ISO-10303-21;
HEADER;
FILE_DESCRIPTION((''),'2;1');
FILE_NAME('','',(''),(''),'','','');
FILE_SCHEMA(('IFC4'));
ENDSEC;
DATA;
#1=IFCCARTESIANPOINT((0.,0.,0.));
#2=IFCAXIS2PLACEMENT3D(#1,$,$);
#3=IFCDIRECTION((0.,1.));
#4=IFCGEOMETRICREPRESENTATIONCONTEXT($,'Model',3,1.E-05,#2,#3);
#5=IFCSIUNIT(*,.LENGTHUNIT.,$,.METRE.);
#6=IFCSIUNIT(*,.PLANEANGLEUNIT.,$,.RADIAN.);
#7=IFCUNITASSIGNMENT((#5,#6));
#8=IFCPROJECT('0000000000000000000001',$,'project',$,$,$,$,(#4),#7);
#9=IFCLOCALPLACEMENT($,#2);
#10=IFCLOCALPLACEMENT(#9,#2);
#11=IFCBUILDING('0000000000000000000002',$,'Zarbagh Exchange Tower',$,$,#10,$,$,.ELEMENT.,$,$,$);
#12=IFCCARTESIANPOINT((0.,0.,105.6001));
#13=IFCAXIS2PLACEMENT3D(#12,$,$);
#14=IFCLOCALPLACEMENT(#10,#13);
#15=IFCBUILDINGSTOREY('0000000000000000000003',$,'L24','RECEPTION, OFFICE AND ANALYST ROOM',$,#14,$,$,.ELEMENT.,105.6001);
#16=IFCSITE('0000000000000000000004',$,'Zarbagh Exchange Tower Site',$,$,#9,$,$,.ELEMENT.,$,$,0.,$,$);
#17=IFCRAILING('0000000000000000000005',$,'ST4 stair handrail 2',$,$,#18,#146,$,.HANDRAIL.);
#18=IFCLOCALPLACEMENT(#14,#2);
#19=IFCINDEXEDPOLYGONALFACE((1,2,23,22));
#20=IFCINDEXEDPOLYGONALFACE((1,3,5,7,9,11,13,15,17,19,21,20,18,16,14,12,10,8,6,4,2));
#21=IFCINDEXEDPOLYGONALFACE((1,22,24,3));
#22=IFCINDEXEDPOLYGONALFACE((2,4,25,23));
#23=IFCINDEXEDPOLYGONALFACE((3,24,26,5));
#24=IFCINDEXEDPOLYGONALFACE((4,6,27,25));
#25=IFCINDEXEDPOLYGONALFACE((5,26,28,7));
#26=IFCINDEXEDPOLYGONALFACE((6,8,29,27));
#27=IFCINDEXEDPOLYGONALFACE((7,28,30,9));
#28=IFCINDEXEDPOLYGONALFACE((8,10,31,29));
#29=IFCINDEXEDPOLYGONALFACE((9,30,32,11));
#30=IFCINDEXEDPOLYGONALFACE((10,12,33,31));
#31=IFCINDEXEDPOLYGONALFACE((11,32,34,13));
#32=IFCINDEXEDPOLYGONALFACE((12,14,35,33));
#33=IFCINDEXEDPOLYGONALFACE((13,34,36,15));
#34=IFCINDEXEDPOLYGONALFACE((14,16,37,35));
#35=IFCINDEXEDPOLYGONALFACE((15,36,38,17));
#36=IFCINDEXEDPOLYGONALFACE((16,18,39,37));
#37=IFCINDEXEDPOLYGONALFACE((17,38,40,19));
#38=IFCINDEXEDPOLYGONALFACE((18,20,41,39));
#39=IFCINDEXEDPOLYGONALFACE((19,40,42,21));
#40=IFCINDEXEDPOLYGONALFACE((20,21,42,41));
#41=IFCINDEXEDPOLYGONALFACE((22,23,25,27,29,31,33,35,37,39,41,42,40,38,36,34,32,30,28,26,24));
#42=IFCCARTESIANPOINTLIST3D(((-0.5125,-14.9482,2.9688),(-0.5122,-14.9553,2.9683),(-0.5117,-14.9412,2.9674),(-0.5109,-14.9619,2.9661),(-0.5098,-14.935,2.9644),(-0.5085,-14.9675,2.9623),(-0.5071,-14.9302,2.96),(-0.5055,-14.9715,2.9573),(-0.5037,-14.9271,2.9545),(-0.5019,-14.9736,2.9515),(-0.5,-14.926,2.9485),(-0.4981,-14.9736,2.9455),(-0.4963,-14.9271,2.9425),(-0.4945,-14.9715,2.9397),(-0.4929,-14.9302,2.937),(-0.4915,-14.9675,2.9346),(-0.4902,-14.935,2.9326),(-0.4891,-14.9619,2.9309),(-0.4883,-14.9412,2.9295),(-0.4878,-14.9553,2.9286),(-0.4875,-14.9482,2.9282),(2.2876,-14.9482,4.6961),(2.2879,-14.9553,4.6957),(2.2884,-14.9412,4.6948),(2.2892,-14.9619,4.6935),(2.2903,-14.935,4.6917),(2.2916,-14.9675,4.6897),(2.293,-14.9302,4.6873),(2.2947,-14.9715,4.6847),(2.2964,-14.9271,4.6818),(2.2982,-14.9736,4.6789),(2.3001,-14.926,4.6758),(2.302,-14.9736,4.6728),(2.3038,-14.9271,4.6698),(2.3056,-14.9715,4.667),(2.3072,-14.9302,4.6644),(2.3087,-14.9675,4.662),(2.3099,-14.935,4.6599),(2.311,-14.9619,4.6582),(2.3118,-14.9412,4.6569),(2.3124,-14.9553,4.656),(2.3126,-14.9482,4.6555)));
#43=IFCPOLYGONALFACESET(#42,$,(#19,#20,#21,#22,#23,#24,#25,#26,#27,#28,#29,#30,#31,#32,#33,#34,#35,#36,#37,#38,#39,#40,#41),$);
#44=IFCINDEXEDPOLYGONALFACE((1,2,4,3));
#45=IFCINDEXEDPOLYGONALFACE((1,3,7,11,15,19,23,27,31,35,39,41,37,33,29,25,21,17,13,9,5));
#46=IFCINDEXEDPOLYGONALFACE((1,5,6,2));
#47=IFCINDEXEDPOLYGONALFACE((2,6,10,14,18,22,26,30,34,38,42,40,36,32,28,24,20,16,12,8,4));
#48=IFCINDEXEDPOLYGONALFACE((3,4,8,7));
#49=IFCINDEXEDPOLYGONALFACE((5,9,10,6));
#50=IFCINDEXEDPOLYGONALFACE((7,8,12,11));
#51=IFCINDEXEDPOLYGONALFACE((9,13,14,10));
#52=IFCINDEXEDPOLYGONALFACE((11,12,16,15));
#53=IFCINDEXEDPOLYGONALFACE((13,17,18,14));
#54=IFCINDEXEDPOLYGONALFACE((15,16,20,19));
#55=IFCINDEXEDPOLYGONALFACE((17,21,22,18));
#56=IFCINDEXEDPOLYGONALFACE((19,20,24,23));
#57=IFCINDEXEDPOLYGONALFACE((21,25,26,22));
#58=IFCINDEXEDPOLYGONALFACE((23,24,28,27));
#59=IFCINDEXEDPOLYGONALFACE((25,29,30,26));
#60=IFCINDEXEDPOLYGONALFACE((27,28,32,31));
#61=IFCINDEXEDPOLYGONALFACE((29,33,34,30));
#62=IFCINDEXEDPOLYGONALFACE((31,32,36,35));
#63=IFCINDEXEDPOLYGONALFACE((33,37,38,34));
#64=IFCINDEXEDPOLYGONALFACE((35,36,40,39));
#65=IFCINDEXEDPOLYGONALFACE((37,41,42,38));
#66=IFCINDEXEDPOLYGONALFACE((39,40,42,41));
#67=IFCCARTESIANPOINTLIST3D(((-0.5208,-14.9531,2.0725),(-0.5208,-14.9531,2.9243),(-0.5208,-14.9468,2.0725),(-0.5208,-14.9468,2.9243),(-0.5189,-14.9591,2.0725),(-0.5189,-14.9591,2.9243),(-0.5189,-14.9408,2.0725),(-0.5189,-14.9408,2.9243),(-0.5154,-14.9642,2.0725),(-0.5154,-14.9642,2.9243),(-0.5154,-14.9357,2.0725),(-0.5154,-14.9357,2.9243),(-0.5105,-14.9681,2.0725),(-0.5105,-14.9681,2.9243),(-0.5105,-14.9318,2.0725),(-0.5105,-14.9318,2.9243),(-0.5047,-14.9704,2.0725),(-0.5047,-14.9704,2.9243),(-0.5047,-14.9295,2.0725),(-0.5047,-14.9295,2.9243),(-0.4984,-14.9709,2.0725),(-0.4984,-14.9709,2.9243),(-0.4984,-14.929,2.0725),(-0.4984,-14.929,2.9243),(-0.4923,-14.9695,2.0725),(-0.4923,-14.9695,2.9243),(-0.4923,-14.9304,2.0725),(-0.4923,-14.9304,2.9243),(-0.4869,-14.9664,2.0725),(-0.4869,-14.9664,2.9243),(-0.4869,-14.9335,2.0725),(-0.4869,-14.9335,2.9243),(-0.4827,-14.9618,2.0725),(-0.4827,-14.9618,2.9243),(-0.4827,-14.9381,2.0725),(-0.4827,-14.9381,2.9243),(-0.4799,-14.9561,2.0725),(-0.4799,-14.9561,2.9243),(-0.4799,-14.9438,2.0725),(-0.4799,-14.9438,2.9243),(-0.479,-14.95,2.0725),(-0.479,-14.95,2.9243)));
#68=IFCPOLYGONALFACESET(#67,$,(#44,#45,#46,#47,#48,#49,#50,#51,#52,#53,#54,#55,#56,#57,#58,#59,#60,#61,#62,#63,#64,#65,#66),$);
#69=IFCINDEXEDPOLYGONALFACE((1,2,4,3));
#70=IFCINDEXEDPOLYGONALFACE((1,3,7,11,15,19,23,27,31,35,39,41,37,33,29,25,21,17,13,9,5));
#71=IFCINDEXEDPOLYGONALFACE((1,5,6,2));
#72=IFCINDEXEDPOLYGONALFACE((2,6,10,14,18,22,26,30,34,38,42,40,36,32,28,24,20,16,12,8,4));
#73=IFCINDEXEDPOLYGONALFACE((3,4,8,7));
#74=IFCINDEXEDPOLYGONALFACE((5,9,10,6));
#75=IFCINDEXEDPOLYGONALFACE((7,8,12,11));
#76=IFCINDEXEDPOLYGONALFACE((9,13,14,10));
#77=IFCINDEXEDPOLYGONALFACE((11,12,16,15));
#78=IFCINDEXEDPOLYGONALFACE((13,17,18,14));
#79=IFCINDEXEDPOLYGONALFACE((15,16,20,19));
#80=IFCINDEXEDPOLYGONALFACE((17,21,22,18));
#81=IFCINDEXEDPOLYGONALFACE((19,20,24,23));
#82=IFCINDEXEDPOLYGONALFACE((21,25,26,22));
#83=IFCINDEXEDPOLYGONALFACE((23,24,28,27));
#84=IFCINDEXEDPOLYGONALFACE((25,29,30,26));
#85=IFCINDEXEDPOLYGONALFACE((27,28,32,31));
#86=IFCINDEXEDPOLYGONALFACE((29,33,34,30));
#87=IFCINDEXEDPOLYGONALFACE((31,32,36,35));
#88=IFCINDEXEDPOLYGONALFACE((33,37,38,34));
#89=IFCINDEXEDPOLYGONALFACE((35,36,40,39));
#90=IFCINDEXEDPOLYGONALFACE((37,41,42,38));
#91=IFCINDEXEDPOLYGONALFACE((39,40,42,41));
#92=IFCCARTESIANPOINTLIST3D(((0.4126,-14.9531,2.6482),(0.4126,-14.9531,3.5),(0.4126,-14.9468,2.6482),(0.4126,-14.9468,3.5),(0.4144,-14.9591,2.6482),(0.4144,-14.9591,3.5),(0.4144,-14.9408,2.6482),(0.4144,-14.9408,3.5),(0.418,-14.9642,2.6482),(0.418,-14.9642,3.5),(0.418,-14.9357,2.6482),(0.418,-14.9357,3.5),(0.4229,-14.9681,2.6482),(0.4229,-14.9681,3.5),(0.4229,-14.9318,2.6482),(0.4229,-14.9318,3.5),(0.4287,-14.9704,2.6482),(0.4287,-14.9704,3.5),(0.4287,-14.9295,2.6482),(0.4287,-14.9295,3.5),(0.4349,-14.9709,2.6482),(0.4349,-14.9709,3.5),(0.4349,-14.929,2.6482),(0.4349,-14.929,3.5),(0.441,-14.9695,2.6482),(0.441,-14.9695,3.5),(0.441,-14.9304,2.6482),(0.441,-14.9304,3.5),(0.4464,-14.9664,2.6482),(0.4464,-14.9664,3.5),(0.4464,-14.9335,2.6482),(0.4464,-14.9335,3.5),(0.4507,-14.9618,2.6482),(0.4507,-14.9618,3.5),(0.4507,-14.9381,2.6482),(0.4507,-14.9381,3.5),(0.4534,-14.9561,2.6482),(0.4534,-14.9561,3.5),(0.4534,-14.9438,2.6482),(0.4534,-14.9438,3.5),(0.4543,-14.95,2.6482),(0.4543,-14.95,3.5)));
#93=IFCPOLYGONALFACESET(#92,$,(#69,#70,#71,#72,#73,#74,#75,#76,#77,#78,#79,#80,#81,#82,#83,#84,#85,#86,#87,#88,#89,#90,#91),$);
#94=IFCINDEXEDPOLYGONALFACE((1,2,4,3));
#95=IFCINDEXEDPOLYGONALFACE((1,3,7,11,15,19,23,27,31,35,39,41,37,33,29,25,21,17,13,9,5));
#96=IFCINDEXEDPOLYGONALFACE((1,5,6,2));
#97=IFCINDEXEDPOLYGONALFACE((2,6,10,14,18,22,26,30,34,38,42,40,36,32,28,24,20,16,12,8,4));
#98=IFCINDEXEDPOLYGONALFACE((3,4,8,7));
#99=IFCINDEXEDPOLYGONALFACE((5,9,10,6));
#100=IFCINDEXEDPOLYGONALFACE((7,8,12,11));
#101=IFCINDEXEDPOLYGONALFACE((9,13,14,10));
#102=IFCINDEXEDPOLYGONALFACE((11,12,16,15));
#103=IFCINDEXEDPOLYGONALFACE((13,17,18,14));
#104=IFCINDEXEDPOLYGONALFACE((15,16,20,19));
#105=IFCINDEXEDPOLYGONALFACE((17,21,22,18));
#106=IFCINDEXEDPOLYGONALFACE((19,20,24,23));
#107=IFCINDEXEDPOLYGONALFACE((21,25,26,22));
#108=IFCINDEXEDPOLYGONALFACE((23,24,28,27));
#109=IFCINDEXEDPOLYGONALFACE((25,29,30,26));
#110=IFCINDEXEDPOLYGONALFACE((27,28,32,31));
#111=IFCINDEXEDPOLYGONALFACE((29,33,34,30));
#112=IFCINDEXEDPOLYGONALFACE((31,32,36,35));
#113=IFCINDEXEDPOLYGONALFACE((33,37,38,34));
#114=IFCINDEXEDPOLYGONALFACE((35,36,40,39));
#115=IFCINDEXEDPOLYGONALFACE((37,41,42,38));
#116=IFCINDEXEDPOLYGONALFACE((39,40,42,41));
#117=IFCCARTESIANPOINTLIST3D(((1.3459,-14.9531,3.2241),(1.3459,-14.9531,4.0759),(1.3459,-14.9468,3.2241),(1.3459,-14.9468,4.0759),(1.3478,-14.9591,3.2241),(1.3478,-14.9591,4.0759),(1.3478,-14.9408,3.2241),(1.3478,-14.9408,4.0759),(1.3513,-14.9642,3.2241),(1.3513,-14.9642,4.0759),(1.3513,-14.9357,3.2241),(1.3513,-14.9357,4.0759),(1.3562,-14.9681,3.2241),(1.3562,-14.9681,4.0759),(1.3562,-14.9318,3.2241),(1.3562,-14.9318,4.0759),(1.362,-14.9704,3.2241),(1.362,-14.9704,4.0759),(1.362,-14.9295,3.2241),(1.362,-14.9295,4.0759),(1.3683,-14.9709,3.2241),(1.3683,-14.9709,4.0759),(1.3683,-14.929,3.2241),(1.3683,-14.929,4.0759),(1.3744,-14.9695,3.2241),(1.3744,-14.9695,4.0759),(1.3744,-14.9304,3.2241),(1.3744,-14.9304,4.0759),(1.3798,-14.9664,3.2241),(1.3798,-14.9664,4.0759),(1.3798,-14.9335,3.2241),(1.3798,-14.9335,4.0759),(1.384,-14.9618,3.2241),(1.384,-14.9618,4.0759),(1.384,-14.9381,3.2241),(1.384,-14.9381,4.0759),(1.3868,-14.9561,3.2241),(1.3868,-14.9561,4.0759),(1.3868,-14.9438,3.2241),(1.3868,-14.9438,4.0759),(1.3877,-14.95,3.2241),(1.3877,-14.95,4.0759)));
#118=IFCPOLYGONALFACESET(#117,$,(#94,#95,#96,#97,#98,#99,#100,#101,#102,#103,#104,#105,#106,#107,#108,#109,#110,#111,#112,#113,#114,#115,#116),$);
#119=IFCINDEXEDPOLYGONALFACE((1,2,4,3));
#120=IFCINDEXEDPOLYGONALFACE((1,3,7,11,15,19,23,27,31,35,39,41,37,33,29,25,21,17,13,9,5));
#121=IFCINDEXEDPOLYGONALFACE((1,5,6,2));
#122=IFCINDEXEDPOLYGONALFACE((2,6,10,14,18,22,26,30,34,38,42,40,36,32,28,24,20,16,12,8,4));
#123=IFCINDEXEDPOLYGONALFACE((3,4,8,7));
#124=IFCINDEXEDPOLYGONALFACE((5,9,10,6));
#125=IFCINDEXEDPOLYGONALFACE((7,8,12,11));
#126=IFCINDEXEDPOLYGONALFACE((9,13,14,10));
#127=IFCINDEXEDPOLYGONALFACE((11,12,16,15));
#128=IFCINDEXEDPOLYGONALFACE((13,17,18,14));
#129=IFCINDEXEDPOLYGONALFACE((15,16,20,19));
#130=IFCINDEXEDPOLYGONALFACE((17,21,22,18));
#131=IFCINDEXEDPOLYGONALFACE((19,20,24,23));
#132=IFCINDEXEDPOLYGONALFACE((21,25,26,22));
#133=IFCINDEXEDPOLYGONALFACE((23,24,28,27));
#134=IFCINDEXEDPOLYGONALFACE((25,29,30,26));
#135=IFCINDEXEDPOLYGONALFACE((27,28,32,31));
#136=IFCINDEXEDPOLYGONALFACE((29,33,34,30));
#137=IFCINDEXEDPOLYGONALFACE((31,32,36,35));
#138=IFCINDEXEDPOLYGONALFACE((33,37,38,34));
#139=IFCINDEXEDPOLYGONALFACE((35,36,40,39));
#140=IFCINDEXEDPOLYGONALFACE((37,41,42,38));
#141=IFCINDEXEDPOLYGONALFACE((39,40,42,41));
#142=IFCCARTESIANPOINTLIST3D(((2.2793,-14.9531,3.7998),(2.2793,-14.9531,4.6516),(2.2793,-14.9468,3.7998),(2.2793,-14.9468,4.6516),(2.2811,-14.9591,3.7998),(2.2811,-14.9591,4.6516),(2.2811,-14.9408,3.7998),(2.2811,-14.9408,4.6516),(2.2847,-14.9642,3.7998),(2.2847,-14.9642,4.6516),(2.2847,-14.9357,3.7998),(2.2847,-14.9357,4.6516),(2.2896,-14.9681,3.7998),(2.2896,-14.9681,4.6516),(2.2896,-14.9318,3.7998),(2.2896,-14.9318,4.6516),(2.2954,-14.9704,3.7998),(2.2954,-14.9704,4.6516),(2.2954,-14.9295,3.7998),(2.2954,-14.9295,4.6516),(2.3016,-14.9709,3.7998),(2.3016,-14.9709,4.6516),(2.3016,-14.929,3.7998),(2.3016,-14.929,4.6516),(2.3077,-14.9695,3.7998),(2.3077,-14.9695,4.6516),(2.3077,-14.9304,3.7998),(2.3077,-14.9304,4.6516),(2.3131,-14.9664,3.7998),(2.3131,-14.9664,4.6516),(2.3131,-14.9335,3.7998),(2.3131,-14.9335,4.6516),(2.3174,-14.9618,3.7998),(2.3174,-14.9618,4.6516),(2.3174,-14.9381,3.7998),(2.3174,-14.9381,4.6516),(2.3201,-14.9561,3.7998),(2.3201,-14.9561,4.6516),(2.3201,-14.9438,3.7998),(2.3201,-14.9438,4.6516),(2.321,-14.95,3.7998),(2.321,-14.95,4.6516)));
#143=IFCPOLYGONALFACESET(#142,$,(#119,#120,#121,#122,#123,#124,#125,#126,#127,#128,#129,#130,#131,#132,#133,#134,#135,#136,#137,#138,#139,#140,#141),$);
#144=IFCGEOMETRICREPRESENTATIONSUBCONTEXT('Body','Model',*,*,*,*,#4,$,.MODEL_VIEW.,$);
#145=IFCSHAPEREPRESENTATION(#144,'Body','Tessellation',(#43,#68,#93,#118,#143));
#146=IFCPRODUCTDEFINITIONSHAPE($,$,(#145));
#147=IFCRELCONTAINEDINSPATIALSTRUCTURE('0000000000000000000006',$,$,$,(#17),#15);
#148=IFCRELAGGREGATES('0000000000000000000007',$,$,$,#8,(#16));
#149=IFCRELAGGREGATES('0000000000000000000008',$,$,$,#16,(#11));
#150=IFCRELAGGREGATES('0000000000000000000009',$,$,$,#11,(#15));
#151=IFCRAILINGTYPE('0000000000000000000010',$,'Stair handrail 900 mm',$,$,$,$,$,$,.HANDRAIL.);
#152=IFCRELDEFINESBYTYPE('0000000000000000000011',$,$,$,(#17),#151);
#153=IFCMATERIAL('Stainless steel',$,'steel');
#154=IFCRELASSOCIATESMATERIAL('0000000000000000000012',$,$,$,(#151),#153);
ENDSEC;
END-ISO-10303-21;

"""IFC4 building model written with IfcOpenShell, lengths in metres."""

from ifc_helpers import new_model, si_unit, direction, frame, origin, origin_2d, place, context, subcontext, project, spatial, circle, extrude, material, type_object, element, save


model = new_model("IFC4")

# Units and contexts
model_context = context("Model", 3, precision=1e-05, world=origin(), true_north=direction((0.0, 1.0)))
body_context = subcontext(model_context, "Body", "Model", "MODEL_VIEW")
ifc_project = project(units=[si_unit("LENGTHUNIT", "METRE"), si_unit("PLANEANGLEUNIT", "RADIAN")], contexts=[model_context])

# Site, building, storey
site_placement = place(None, origin())
site = spatial("IfcSite", under=ifc_project, at=site_placement, Name="Zarbagh Exchange Tower Site", CompositionType="ELEMENT", RefElevation=0.0)
building_placement = place(site_placement, origin())
building = spatial("IfcBuilding", under=site, at=building_placement, Name="Zarbagh Exchange Tower", CompositionType="ELEMENT")
storey_placement = place(building_placement, frame((0.0, 0.0, 105.6001)))
storey = spatial("IfcBuildingStorey", under=building, at=storey_placement, Name="L24", Description="RECEPTION, OFFICE AND ANALYST ROOM", CompositionType="ELEMENT", Elevation=105.6001)

# Shared definitions
ifc_material_1 = material(Name="Stainless steel", Category="steel")

# Railing
railing_type = type_object("IfcRailingType", Name="Stair handrail 900 mm", PredefinedType="HANDRAIL", material=ifc_material_1)
for number, where, name in (
    (1, (-0.5, -14.95, 2.0725), "ST4 stair handrail 2"),
):
    element("IfcRailing", number, at=place(storey_placement, frame(where)), inside=storey, type_object=railing_type, Name=name, PredefinedType="HANDRAIL", context=body_context, shape_type="SweptSolid", body=[
        extrude(circle(Radius=0.0239, at=origin_2d()), frame((0.0, 0.0, 0.876), z_axis=(0.85109, 0.0, 0.52502), x_axis=(0.0, 1.0, 0.0)), (0.0, 0.0, 1.0), 3.29),
        extrude(circle(Radius=0.021, at=origin_2d()), origin(), (0.0, 0.0, 1.0), 0.8518),
        extrude(circle(Radius=0.021, at=origin_2d()), frame((0.9333, 0.0, 0.5757)), (0.0, 0.0, 1.0), 0.8518),
        extrude(circle(Radius=0.021, at=origin_2d()), frame((1.8667, 0.0, 1.1516)), (0.0, 0.0, 1.0), 0.8518),
        extrude(circle(Radius=0.021, at=origin_2d()), frame((2.8, 0.0, 1.7273)), (0.0, 0.0, 1.0), 0.8518),
    ])

save(model, "model.ifc")
